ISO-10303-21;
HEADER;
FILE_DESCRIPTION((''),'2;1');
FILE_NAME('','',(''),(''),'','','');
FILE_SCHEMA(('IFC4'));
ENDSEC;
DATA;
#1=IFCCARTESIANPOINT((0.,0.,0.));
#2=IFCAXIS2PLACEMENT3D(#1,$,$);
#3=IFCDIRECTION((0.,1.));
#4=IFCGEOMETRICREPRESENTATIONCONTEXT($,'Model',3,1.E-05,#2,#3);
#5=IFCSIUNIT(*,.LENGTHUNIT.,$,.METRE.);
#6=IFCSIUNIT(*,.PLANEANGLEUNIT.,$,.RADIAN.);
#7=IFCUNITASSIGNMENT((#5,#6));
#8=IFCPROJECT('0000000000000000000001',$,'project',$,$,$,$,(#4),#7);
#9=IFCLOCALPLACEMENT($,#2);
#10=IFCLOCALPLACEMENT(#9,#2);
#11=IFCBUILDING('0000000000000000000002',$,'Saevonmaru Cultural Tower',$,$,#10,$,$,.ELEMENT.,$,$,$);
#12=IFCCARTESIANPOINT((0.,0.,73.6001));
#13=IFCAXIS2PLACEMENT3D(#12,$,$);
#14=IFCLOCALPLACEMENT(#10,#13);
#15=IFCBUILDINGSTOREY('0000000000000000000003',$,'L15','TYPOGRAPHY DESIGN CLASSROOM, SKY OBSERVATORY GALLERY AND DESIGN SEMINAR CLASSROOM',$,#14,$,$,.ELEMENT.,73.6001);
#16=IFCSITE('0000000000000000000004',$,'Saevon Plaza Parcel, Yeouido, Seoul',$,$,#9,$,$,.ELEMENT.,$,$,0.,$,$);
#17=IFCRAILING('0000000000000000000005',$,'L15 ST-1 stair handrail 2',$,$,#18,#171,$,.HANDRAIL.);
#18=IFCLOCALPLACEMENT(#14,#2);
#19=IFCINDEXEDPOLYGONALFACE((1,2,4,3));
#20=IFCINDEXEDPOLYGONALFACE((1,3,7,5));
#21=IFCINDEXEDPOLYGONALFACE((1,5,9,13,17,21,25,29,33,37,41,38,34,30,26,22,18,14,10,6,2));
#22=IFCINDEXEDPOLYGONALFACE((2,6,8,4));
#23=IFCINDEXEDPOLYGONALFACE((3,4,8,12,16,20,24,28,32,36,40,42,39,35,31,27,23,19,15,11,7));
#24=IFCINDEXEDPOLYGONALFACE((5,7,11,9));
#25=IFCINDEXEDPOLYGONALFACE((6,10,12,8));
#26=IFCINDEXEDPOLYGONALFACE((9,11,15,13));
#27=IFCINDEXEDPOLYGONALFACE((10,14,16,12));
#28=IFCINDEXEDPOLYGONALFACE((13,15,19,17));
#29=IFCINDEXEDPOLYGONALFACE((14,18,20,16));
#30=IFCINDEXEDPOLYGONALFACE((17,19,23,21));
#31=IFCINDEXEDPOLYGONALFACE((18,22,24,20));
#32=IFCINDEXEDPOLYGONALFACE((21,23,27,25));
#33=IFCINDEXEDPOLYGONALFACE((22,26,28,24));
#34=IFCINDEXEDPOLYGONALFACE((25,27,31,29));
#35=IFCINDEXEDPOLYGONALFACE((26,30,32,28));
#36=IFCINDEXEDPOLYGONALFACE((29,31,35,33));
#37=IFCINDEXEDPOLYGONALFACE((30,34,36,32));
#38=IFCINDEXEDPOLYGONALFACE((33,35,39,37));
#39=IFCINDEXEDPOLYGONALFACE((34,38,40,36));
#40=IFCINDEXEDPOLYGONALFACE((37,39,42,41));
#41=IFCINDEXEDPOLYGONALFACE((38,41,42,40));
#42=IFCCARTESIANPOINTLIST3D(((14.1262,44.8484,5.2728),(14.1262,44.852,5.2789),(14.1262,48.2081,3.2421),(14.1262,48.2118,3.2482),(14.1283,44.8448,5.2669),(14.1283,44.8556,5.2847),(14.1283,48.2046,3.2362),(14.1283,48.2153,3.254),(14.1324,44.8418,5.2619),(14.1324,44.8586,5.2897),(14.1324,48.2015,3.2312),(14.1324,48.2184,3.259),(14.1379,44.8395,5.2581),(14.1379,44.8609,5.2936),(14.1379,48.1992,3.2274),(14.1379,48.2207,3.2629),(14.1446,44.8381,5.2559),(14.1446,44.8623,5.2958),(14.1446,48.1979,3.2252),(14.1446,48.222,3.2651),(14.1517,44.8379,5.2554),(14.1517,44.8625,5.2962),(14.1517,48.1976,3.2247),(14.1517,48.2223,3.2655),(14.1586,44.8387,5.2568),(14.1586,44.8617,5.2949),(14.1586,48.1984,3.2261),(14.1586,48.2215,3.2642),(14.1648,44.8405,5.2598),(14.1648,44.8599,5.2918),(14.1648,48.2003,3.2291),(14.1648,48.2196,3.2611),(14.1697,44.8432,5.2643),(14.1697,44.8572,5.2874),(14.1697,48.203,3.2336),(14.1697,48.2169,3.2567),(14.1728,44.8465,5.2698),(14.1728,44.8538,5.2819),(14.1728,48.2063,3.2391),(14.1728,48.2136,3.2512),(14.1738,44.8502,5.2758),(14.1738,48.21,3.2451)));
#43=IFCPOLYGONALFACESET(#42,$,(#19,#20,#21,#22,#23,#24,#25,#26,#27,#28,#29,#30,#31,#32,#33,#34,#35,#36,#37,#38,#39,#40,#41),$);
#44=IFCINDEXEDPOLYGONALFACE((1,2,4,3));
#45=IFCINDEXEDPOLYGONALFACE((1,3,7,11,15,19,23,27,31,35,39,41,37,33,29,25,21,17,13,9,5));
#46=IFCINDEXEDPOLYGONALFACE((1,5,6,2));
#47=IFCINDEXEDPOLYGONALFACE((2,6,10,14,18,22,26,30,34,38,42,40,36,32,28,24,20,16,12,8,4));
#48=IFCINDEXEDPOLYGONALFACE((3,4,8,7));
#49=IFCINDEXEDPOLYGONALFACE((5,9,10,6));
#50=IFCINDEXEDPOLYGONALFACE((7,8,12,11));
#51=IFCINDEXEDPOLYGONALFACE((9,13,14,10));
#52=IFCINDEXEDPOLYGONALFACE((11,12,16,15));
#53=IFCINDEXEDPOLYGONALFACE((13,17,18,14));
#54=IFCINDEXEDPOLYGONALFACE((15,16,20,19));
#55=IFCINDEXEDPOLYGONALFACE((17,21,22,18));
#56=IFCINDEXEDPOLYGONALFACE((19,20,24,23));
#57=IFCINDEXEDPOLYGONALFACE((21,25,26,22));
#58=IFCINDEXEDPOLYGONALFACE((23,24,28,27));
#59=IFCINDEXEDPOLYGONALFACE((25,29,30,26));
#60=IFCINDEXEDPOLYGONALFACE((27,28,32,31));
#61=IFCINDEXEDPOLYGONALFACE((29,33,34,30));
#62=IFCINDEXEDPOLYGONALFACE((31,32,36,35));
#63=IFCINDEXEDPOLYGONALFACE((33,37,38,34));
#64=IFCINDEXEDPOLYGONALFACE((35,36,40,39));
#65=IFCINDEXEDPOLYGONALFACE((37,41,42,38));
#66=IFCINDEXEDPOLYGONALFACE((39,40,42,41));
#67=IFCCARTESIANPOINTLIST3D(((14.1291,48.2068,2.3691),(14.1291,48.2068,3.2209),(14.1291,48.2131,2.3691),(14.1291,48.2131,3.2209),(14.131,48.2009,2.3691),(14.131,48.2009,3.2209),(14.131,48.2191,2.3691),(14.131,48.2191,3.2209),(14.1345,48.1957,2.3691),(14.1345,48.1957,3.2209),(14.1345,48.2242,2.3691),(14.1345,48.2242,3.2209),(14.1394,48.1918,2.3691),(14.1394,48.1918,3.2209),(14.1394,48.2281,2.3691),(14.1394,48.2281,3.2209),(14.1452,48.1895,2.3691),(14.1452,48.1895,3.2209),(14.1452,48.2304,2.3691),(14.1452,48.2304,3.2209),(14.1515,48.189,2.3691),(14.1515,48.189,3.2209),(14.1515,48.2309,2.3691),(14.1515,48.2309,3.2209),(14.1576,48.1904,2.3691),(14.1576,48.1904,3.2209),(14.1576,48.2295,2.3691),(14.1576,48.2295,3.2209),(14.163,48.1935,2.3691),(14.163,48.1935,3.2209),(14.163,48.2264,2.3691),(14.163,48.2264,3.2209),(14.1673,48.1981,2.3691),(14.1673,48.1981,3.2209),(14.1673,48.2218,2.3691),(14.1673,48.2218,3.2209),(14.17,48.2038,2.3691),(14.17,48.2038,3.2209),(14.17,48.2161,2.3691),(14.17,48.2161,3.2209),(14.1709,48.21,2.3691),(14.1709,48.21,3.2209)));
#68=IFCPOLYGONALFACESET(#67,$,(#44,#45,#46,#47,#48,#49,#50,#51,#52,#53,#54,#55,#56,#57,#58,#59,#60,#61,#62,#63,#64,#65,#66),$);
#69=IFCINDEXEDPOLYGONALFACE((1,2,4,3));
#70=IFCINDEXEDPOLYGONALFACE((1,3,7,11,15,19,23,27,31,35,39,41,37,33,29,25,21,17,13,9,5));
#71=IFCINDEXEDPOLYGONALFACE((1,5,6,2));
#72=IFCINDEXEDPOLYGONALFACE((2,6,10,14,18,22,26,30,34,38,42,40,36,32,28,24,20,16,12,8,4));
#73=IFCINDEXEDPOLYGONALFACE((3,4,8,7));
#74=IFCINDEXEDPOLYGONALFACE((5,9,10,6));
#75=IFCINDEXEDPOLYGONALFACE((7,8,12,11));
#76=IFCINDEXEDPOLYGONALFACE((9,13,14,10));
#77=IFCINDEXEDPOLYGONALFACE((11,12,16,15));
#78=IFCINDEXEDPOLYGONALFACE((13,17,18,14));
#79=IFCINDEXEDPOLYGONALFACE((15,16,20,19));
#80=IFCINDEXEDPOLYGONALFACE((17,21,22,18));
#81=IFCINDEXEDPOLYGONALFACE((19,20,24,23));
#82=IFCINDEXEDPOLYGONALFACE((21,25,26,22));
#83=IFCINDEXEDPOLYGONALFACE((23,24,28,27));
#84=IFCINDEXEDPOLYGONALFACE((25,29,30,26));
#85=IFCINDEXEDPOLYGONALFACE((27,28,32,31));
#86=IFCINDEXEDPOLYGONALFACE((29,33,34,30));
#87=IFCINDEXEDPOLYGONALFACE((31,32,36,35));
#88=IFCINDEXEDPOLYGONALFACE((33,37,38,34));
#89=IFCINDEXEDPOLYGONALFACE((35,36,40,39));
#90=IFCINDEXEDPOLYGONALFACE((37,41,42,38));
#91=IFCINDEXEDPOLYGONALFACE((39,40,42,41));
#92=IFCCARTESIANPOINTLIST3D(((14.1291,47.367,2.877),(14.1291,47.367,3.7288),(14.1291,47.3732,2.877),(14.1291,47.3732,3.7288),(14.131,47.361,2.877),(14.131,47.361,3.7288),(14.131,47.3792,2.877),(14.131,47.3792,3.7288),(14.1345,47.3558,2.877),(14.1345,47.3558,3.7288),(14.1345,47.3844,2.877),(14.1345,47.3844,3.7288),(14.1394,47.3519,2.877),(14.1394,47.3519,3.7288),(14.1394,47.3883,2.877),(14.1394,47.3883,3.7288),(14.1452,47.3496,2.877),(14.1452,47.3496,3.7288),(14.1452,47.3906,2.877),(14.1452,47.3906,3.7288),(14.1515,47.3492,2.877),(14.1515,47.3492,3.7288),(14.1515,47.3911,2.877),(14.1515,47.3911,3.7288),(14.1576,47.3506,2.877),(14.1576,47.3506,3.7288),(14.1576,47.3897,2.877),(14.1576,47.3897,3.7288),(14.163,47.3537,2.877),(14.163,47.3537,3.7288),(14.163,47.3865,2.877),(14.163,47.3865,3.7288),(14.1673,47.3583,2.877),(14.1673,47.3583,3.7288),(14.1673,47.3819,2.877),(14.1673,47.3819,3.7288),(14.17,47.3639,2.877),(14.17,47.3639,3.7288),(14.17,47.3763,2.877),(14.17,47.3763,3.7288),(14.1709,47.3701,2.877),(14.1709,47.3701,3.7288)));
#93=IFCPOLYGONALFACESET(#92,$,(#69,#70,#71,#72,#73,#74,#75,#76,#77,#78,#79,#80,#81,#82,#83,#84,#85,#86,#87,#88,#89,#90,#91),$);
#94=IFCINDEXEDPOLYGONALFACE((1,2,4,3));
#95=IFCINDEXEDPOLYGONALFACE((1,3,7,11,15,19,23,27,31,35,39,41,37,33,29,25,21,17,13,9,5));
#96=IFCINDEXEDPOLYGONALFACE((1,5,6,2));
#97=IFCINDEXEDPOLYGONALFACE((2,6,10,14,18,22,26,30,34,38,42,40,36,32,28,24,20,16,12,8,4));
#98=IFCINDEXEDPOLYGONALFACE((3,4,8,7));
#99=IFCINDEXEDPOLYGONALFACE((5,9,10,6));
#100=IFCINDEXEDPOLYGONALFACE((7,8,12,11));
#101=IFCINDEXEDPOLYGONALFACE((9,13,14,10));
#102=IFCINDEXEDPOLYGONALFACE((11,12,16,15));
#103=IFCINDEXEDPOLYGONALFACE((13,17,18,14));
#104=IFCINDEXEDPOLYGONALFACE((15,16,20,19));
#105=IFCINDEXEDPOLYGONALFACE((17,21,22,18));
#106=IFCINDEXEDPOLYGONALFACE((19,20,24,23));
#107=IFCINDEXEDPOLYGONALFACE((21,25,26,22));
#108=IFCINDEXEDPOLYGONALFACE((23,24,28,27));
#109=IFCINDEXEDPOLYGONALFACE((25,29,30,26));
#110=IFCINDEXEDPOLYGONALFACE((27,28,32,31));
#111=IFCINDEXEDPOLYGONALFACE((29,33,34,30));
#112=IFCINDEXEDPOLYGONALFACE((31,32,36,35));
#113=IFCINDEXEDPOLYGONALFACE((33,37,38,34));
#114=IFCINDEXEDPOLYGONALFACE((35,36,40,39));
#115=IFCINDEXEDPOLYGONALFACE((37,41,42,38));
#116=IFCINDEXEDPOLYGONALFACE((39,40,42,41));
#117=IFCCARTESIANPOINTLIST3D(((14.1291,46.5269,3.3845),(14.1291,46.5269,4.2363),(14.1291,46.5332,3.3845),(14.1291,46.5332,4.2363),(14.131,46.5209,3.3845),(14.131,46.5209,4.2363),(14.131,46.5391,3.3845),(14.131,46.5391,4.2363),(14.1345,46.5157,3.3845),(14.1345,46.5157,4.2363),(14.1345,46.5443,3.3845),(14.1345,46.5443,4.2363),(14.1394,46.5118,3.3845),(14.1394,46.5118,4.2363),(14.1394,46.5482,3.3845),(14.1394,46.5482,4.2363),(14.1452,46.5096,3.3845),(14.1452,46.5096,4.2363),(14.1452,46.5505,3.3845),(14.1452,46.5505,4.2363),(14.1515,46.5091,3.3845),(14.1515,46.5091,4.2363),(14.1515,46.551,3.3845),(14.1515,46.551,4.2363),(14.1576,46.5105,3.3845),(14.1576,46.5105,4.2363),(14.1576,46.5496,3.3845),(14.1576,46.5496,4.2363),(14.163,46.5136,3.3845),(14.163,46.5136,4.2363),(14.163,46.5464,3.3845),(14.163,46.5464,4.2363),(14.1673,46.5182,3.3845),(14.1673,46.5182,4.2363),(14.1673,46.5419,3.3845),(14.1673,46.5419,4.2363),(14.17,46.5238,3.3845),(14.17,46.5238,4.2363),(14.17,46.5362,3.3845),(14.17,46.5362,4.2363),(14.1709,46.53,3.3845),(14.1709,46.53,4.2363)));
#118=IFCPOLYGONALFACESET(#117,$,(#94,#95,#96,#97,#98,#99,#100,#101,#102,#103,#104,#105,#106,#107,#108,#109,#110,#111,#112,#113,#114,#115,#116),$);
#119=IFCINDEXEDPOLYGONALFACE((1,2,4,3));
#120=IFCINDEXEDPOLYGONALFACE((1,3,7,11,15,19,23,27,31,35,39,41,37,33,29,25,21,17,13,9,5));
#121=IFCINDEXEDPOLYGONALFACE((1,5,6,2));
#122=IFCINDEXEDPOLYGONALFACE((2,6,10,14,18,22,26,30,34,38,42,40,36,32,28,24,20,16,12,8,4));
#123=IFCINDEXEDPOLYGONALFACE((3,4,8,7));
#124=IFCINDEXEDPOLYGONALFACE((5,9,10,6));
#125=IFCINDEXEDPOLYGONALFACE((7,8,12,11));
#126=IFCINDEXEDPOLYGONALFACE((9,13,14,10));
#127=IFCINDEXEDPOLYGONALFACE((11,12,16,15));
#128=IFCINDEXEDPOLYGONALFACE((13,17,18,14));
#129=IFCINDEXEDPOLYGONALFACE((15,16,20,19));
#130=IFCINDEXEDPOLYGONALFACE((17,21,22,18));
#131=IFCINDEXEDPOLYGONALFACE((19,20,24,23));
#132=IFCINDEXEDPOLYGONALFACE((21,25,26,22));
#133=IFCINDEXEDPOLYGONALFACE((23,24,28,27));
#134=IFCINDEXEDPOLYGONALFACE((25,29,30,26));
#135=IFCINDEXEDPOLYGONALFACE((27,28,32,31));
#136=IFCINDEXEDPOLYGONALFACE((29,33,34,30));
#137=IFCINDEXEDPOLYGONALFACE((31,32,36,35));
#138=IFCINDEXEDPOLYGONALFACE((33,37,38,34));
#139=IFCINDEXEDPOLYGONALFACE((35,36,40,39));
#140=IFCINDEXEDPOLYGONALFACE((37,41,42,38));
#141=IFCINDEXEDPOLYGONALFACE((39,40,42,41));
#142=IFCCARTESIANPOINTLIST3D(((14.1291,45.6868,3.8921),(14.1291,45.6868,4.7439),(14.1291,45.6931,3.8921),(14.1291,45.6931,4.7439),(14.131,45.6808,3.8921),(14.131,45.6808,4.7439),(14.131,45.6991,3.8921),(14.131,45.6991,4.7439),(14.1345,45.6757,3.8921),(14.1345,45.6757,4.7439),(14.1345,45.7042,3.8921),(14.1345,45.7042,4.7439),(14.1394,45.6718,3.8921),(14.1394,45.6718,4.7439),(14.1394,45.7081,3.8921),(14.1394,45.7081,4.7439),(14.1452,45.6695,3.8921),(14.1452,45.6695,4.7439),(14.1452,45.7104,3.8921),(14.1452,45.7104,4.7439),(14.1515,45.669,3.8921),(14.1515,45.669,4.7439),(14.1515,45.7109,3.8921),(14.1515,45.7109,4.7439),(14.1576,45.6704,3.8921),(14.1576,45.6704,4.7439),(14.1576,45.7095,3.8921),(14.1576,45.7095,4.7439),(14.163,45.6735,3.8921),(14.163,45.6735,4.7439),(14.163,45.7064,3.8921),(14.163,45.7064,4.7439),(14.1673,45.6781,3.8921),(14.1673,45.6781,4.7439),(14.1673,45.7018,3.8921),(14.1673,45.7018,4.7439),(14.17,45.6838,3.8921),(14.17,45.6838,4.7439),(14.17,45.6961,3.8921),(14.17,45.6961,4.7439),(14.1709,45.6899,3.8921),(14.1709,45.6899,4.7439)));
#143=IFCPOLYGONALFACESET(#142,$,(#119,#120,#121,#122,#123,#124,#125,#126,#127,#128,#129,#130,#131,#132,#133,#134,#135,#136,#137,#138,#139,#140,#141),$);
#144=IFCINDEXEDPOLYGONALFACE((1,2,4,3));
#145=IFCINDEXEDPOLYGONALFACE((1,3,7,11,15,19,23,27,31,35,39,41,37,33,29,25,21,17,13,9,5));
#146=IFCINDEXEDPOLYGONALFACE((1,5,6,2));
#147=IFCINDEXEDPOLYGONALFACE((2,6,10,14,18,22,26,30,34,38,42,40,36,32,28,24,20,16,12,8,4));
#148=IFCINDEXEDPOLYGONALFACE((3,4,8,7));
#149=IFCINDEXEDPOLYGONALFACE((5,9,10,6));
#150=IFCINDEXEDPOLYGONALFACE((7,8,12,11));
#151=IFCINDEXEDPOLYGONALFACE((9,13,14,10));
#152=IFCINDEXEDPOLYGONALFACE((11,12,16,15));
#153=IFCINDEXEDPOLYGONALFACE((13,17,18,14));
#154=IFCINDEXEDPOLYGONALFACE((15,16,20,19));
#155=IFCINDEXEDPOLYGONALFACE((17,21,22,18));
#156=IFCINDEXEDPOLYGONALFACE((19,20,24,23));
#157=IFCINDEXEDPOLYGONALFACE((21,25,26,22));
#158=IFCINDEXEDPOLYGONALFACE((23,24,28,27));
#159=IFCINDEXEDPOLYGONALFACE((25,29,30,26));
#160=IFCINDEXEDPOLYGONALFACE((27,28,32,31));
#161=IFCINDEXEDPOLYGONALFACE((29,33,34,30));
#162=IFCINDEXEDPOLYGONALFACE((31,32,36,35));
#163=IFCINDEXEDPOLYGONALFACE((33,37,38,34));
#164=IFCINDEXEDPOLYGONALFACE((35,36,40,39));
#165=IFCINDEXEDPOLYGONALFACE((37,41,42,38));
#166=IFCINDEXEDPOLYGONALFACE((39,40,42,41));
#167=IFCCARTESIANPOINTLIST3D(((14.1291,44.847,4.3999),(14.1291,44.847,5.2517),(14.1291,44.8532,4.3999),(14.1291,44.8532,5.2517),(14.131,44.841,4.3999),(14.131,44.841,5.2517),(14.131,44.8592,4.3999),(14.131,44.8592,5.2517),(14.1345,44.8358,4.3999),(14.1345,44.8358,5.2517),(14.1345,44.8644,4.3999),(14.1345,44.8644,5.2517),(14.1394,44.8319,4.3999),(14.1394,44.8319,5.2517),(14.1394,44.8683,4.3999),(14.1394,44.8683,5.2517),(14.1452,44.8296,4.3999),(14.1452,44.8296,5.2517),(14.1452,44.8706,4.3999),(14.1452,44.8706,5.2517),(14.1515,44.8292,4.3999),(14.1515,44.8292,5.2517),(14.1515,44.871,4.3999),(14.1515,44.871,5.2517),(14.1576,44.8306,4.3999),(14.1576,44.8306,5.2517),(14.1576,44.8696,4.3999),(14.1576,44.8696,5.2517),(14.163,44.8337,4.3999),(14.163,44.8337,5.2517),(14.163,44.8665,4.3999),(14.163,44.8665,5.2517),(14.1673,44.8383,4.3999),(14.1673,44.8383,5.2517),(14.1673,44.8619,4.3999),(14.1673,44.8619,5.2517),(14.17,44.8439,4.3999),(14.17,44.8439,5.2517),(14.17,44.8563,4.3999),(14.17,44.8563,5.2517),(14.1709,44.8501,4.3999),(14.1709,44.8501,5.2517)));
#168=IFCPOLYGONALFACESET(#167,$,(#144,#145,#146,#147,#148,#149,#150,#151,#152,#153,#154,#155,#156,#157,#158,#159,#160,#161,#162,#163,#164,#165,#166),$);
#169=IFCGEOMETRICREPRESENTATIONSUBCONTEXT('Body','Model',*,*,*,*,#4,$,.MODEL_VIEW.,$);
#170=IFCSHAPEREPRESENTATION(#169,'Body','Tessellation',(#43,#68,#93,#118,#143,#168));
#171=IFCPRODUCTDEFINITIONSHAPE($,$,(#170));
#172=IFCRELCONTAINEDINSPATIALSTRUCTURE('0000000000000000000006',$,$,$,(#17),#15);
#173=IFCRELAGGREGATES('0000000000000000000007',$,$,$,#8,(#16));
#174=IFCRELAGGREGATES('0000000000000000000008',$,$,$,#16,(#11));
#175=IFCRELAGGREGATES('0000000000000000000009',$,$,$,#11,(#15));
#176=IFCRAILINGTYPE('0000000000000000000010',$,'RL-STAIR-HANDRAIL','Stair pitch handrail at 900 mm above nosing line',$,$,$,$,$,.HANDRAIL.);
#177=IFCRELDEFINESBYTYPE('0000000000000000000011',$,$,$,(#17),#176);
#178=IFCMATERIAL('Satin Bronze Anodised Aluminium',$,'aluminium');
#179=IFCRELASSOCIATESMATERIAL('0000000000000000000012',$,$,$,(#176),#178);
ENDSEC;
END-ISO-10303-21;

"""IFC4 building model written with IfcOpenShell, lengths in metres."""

from ifc_helpers import new_model, si_unit, direction, frame, origin, origin_2d, place, context, subcontext, project, spatial, circle, extrude, material, type_object, element, save


model = new_model("IFC4")

# Units and contexts
model_context = context("Model", 3, precision=1e-05, world=origin(), true_north=direction((0.0, 1.0)))
body_context = subcontext(model_context, "Body", "Model", "MODEL_VIEW")
ifc_project = project(units=[si_unit("LENGTHUNIT", "METRE"), si_unit("PLANEANGLEUNIT", "RADIAN")], contexts=[model_context])

# Site, building, storey
site_placement = place(None, origin())
site = spatial("IfcSite", under=ifc_project, at=site_placement, Name="Saevon Plaza Parcel, Yeouido, Seoul", CompositionType="ELEMENT", RefElevation=0.0)
building_placement = place(site_placement, origin())
building = spatial("IfcBuilding", under=site, at=building_placement, Name="Saevonmaru Cultural Tower", CompositionType="ELEMENT")
storey_placement = place(building_placement, frame((0.0, 0.0, 73.6001)))
storey = spatial("IfcBuildingStorey", under=building, at=storey_placement, Name="L15", Description="TYPOGRAPHY DESIGN CLASSROOM, SKY OBSERVATORY GALLERY AND DESIGN SEMINAR CLASSROOM", CompositionType="ELEMENT", Elevation=73.6001)

# Shared definitions
ifc_material_1 = material(Name="Satin Bronze Anodised Aluminium", Category="aluminium")

# Railing
railing_type_1 = type_object("IfcRailingType", Name="RL-STAIR-HANDRAIL", Description="Stair pitch handrail at 900 mm above nosing line", PredefinedType="HANDRAIL", material=ifc_material_1)
railing_1_placement = place(storey_placement, frame((14.1499, 48.21, 2.3691)))
element("IfcRailing", 1, at=railing_1_placement, inside=storey, type_object=railing_type_1, Name="L15 ST-1 stair handrail 2", PredefinedType="HANDRAIL", context=body_context, shape_type="SweptSolid", body=[
    extrude(circle(Radius=0.0239, at=origin_2d()), frame((0.0, 0.0, 0.876), z_axis=(0.0, -0.85582, 0.517273), x_axis=(1.0, 0.0, 0.0)), (0.0, 0.0, 1.0), 3.9258),
    extrude(circle(Radius=0.021, at=origin_2d()), origin(), (0.0, 0.0, 1.0), 0.8518),
    extrude(circle(Radius=0.021, at=origin_2d()), frame((0.0, -0.8398, 0.5078)), (0.0, 0.0, 1.0), 0.8518),
    extrude(circle(Radius=0.021, at=origin_2d()), frame((0.0, -1.6799, 1.0154)), (0.0, 0.0, 1.0), 0.8518),
    extrude(circle(Radius=0.021, at=origin_2d()), frame((0.0, -2.52, 1.5229)), (0.0, 0.0, 1.0), 0.8518),
    extrude(circle(Radius=0.021, at=origin_2d()), frame((0.0, -3.3599, 2.0308)), (0.0, 0.0, 1.0), 0.8518),
])

save(model, "model.ifc")
